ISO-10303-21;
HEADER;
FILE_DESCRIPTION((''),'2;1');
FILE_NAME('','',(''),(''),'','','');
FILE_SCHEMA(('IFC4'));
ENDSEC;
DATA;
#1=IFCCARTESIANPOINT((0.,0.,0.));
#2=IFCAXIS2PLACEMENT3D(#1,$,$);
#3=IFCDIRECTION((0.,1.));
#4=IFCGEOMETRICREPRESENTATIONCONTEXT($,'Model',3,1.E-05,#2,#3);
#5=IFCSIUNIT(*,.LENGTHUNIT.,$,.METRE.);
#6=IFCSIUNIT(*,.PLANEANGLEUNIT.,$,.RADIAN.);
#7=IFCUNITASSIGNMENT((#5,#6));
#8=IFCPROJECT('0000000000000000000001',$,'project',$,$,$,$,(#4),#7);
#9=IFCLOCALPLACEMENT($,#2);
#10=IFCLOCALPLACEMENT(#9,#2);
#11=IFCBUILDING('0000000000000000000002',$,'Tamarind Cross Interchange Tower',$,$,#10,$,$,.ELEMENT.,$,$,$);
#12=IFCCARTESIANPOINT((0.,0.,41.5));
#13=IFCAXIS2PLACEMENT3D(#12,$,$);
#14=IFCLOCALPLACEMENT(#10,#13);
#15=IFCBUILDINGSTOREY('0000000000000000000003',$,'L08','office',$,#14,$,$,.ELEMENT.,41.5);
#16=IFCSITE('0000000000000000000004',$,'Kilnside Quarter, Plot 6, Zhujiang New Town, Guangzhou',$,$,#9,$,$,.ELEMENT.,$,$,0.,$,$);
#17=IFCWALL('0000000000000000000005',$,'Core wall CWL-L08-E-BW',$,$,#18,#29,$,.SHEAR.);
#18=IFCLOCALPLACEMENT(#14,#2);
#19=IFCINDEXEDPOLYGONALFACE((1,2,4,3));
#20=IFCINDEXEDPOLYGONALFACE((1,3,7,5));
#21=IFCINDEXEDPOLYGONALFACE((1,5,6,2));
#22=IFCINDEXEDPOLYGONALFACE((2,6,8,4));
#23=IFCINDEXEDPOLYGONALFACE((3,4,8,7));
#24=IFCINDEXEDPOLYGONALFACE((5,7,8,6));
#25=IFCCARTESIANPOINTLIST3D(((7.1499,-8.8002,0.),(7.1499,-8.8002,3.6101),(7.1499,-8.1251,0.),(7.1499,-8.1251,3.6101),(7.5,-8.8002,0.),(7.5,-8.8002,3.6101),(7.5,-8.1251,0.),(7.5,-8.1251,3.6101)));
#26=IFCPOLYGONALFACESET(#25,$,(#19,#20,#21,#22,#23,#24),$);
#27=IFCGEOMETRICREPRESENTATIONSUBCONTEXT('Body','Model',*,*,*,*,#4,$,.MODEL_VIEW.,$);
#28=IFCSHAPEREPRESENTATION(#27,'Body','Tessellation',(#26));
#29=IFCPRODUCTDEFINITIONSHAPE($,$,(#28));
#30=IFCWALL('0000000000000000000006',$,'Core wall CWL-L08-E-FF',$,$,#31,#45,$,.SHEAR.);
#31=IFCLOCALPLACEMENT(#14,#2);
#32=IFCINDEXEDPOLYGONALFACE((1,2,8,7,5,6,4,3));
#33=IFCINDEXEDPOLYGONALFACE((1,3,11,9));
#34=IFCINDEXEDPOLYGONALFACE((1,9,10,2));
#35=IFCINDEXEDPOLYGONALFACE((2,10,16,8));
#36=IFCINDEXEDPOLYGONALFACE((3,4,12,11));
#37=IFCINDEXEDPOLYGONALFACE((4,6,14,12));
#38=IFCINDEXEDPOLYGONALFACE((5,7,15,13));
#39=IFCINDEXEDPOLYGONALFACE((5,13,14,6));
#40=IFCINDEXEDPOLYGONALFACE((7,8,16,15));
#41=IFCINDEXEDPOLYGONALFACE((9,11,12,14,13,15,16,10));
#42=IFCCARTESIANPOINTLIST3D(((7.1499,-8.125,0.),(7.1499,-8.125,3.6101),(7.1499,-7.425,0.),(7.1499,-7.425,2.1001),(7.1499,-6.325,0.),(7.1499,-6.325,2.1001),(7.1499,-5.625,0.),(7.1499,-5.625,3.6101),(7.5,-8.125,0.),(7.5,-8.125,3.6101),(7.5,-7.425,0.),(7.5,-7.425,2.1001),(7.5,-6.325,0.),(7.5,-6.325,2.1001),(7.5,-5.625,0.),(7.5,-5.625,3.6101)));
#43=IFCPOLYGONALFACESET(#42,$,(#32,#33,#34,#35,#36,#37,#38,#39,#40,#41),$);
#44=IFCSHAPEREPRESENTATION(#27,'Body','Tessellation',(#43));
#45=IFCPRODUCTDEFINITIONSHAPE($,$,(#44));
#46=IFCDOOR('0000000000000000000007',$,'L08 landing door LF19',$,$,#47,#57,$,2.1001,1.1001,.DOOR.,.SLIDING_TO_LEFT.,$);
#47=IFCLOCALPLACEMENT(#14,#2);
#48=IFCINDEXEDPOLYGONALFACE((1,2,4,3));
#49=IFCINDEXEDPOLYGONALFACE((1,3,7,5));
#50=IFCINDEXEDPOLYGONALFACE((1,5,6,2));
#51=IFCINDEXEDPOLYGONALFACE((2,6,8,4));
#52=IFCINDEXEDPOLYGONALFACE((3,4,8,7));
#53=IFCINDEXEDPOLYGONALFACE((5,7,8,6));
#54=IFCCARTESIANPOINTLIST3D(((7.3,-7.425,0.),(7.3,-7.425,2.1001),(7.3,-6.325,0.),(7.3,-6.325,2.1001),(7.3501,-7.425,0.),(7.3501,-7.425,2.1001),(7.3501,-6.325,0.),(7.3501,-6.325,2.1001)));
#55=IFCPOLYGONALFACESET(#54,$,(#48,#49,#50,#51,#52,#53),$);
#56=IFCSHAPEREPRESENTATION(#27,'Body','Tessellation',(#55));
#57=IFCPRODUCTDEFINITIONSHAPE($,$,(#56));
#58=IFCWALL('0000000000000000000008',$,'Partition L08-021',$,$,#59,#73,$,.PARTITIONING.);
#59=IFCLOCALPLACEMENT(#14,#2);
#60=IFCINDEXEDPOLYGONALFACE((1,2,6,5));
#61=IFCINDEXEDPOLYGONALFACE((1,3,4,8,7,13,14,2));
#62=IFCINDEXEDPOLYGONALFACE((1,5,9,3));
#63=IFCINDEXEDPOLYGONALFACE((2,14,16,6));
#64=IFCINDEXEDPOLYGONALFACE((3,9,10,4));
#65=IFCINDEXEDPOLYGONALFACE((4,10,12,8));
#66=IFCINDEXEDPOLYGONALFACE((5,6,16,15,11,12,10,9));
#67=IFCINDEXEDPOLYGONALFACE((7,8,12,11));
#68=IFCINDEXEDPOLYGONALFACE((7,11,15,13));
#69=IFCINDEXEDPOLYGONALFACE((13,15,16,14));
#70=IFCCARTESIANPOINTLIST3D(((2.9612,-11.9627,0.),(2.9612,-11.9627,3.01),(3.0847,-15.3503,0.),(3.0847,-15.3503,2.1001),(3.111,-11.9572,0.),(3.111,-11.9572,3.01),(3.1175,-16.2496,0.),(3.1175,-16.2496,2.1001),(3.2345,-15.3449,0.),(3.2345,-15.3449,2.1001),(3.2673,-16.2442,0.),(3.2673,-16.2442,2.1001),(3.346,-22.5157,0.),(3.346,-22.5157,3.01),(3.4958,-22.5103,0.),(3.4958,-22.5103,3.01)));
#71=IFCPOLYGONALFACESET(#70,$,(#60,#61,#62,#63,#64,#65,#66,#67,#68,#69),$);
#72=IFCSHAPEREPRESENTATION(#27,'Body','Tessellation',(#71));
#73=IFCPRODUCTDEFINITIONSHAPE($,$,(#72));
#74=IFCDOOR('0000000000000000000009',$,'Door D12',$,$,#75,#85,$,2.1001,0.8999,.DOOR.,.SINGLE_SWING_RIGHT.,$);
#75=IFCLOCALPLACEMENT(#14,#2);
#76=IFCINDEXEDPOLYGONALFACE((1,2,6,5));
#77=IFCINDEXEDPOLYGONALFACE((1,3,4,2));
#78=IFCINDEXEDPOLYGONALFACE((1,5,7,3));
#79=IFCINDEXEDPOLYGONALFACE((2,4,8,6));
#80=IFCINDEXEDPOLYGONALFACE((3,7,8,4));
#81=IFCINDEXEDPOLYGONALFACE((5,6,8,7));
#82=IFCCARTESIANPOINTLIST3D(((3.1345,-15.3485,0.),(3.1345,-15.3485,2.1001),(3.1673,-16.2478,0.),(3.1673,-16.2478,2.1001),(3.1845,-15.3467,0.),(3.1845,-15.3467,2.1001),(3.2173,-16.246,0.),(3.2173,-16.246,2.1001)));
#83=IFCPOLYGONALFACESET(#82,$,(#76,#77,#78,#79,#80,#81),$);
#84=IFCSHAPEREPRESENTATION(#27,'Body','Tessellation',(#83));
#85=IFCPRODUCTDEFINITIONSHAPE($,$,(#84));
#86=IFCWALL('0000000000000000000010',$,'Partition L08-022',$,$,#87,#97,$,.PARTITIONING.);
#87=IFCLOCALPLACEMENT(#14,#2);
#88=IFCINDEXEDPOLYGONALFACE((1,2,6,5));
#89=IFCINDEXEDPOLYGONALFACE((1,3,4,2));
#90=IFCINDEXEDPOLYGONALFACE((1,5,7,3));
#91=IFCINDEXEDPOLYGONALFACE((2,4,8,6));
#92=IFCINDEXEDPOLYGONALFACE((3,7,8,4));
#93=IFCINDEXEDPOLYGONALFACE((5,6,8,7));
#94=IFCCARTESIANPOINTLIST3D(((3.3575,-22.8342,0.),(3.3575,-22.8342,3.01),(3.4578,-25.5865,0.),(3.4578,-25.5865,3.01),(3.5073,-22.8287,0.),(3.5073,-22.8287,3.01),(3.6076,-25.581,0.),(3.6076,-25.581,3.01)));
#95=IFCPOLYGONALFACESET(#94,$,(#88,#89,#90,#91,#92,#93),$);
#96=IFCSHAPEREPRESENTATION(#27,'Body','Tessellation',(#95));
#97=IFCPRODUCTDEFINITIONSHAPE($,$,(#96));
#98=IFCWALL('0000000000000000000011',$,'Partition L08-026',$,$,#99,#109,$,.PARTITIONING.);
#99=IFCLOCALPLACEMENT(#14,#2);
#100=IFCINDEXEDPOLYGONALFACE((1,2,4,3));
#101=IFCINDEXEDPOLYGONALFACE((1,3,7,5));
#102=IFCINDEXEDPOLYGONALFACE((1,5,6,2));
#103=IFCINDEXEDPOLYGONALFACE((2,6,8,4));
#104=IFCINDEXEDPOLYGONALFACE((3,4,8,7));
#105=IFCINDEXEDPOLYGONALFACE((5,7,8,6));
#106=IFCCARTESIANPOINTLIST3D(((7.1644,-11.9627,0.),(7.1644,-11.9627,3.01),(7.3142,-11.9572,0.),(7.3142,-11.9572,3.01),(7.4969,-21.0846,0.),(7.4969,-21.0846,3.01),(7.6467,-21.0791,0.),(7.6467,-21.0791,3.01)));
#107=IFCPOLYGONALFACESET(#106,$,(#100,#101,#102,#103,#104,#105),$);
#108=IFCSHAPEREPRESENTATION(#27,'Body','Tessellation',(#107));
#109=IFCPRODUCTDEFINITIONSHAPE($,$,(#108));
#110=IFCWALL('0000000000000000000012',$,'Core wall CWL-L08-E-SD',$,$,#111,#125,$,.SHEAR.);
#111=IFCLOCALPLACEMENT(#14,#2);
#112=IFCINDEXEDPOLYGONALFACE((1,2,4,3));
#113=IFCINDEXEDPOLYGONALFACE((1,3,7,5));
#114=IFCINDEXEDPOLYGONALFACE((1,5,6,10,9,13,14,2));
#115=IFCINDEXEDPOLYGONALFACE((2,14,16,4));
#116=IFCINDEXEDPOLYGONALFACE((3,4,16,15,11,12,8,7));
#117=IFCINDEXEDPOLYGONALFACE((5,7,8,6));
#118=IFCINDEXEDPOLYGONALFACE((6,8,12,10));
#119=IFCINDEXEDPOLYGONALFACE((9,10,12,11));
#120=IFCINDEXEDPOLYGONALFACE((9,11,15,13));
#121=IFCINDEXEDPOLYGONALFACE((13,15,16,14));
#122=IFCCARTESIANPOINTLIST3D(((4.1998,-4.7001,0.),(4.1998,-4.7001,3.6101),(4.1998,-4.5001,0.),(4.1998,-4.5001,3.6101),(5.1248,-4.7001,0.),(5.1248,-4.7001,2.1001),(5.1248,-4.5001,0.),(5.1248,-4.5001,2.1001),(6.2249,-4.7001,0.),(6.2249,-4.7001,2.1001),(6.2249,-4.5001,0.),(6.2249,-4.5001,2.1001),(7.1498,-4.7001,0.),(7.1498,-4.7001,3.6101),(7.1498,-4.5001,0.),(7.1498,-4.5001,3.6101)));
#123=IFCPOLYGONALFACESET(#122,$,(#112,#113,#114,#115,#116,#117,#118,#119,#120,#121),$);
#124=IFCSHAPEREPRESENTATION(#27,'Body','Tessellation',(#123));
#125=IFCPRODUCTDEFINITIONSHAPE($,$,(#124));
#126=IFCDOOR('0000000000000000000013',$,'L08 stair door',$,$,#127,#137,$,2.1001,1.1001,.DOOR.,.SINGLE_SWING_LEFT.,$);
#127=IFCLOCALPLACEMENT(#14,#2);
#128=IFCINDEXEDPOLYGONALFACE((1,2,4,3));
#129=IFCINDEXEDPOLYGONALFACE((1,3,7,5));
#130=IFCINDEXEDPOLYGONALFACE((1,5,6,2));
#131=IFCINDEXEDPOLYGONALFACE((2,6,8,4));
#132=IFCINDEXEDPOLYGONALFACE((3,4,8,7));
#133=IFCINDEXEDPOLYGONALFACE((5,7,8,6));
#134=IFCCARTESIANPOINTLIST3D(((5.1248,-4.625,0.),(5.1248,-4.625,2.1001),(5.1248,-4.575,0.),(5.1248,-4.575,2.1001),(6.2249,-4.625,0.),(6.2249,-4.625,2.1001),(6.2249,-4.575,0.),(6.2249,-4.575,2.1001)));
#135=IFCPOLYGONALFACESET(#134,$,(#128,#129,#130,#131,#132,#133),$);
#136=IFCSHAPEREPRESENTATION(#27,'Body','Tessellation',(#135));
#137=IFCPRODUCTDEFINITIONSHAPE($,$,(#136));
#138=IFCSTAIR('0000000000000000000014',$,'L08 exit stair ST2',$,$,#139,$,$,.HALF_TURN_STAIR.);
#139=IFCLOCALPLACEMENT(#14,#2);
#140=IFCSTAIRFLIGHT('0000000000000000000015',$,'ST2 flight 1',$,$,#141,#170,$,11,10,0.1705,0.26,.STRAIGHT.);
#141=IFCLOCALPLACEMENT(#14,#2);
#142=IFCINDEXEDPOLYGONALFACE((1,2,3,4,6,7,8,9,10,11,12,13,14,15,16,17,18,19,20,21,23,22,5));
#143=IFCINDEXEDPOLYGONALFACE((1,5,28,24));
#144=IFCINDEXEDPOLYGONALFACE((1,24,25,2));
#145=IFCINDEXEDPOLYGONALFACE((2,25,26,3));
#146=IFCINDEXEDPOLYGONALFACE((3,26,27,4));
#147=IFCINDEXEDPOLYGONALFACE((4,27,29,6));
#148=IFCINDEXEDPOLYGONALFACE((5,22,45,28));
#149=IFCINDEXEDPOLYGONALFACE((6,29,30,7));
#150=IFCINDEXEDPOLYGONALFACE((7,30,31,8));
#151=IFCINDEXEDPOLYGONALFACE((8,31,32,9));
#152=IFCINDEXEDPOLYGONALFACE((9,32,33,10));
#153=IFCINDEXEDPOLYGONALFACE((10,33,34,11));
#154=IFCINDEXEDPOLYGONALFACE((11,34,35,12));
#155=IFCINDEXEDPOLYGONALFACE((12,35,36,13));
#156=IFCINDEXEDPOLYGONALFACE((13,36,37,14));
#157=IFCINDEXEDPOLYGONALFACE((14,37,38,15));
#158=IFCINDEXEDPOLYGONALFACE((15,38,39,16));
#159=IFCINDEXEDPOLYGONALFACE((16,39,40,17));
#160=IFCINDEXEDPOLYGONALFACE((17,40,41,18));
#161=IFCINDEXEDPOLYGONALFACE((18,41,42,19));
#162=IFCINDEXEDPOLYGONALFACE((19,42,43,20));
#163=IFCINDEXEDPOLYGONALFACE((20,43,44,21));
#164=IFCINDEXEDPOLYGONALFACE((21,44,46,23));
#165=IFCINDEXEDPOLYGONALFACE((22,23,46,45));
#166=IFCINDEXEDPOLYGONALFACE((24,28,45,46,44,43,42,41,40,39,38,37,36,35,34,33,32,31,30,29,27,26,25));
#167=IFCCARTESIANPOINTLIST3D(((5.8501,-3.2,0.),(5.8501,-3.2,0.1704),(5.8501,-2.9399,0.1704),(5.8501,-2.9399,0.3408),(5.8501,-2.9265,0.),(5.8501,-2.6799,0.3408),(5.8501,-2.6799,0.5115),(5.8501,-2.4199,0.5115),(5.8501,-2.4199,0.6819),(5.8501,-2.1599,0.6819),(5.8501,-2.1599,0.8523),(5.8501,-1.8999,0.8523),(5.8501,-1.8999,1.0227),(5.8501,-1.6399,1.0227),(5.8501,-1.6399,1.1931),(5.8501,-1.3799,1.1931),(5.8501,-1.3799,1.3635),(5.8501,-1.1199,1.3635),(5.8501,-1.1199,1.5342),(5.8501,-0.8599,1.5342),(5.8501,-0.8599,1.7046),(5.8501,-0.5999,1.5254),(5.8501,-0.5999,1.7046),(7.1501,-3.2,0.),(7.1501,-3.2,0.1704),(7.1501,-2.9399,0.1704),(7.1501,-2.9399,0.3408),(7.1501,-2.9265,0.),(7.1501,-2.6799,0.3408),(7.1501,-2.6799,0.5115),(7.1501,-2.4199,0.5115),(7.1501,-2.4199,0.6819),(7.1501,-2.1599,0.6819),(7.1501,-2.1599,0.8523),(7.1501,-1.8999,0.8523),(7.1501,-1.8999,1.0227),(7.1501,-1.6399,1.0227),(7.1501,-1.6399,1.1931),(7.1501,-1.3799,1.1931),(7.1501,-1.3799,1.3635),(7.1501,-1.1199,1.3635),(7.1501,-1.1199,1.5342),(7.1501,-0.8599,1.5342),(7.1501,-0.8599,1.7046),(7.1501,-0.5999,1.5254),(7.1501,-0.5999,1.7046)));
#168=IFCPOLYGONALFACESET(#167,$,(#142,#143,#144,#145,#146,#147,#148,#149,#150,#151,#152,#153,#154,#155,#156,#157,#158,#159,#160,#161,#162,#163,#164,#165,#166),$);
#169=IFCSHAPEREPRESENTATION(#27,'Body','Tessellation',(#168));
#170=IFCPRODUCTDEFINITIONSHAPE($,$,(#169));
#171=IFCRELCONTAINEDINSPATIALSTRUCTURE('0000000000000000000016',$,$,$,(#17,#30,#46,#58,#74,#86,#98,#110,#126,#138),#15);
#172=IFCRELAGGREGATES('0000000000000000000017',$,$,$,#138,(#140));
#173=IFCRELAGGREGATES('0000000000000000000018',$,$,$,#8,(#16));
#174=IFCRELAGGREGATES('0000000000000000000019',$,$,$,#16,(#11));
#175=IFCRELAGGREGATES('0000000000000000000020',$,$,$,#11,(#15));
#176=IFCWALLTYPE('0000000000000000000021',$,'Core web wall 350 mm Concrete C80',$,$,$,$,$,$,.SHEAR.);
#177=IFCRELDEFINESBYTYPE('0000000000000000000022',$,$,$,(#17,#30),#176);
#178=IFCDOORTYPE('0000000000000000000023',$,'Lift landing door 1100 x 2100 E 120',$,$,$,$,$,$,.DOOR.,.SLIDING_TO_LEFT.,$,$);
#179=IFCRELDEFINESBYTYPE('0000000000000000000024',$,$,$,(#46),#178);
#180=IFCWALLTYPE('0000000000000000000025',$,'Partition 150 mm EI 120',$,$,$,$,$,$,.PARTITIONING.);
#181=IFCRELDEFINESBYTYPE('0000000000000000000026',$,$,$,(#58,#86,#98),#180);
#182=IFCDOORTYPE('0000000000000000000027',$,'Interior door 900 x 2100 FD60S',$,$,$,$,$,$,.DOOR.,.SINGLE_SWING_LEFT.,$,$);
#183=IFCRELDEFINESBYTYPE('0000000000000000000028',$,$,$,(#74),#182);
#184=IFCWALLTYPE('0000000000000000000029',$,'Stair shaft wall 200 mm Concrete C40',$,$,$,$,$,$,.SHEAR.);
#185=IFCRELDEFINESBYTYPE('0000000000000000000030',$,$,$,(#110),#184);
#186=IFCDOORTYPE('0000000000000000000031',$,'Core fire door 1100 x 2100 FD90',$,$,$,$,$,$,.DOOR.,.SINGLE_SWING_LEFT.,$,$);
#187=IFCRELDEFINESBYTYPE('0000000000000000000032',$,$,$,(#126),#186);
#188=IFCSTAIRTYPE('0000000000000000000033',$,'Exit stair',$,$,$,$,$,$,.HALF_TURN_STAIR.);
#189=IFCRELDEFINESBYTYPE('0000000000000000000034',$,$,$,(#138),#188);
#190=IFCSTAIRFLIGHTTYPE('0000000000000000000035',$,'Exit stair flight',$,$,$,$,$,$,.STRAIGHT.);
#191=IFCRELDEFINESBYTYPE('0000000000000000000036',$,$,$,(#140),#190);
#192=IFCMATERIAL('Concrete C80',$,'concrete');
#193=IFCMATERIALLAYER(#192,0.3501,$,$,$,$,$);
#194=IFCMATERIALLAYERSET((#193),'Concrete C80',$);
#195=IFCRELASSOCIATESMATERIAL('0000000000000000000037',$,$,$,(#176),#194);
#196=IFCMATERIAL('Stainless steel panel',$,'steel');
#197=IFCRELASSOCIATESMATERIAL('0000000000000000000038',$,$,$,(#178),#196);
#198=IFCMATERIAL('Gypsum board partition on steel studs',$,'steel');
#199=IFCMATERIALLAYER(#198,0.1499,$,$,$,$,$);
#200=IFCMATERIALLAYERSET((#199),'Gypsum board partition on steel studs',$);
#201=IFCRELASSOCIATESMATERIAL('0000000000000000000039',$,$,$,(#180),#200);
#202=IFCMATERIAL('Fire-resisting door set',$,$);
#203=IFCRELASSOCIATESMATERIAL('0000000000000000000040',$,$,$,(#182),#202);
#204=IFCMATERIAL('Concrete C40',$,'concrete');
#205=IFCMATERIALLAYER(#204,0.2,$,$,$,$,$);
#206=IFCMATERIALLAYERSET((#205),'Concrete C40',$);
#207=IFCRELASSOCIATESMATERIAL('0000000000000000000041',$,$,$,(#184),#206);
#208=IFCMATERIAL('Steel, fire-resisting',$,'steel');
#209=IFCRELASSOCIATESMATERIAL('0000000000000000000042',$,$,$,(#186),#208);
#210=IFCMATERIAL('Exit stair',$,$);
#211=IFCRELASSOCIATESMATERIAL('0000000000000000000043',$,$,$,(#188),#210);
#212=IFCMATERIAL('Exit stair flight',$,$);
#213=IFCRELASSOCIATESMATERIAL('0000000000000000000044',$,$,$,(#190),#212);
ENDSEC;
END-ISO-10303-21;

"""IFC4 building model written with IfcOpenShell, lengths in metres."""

from ifc_helpers import new_model, si_unit, direction, frame, frame_2d, origin, place, context, subcontext, project, spatial, polyline, rectangle, outline, extrude, material, layer, layer_set, type_object, element, fill, aggregate, save


model = new_model("IFC4")

# Units and contexts
model_context = context("Model", 3, precision=1e-05, world=origin(), true_north=direction((0.0, 1.0)))
body_context = subcontext(model_context, "Body", "Model", "MODEL_VIEW")
ifc_project = project(units=[si_unit("LENGTHUNIT", "METRE"), si_unit("PLANEANGLEUNIT", "RADIAN")], contexts=[model_context])

# Site, building, storey
site_placement = place(None, origin())
site = spatial("IfcSite", under=ifc_project, at=site_placement, Name="Kilnside Quarter, Plot 6, Zhujiang New Town, Guangzhou", CompositionType="ELEMENT", RefElevation=0.0)
building_placement = place(site_placement, origin())
building = spatial("IfcBuilding", under=site, at=building_placement, Name="Tamarind Cross Interchange Tower", CompositionType="ELEMENT")
storey_placement = place(building_placement, frame((0.0, 0.0, 41.5)))
storey = spatial("IfcBuildingStorey", under=building, at=storey_placement, Name="L08", Description="office", CompositionType="ELEMENT", Elevation=41.5)

# Shared definitions
ifc_material_1 = material(Name="Concrete C80", Category="concrete")
ifc_material_2 = material(Name="Steel, fire-resisting", Category="steel")

# Wall
ifc_layer_1 = layer(ifc_material_1, 0.3501)
ifc_layer_set_1 = layer_set([ifc_layer_1], Name="Concrete C80")
wall_type_1 = type_object("IfcWallType", Name="Core web wall 350 mm Concrete C80", PredefinedType="SHEAR", material=ifc_layer_set_1)
wall_1_placement = place(storey_placement, frame((7.325, -8.8, 0.0), z_axis=(0.0, 0.0, 1.0), x_axis=(0.0, 1.0, 0.0)))
element("IfcWall", 1, at=wall_1_placement, inside=storey, type_object=wall_type_1, Name="Core wall CWL-L08-E-BW", PredefinedType="SHEAR", context=body_context, shape_type="SweptSolid", body=[
    extrude(rectangle(XDim=0.675, YDim=0.3501, at=frame_2d((0.3374, 0.0))), origin(), (0.0, 0.0, 1.0), 3.6101),
])

# Walls, openings, doors
wall_2_placement = place(storey_placement, frame((7.325, -8.125, 0.0), z_axis=(0.0, 0.0, 1.0), x_axis=(0.0, 1.0, 0.0)))
wall_2 = element("IfcWall", 2, at=wall_2_placement, inside=storey, type_object=wall_type_1, Name="Core wall CWL-L08-E-FF", PredefinedType="SHEAR", context=body_context, shape_type="SweptSolid", body=[
    extrude(rectangle(XDim=2.5, YDim=0.3501, at=frame_2d((1.25, 0.0))), origin(), (0.0, 0.0, 1.0), 3.6101),
])
opening_1_placement = place(wall_2_placement, frame((0.7, 0.0, 0.0)))
opening_1 = element("IfcOpeningElement", 3, at=opening_1_placement, cuts=wall_2, PredefinedType="OPENING", context=body_context, shape_type="SweptSolid", body=[
    extrude(rectangle(XDim=1.1001, YDim=2.1001, at=frame_2d((0.55, 1.05))), frame((0.0, 0.1851, 0.0), z_axis=(0.0, -1.0, 0.0), x_axis=(1.0, 0.0, 0.0)), (0.0, 0.0, 1.0), 0.3701),
])
ifc_material_3 = material(Name="Stainless steel panel", Category="steel")
door_type_1 = type_object("IfcDoorType", Name="Lift landing door 1100 x 2100 E 120", OperationType="SLIDING_TO_LEFT", PredefinedType="DOOR", material=ifc_material_3)
door_1_placement = place(opening_1_placement, origin())
door_1 = element("IfcDoor", 4, at=door_1_placement, inside=storey, type_object=door_type_1, Name="L08 landing door LF19", OperationType="SLIDING_TO_LEFT", OverallHeight=2.1001, OverallWidth=1.1001, PredefinedType="DOOR", context=body_context, shape_type="SweptSolid", body=[
    extrude(rectangle(XDim=1.1001, YDim=2.1001, at=frame_2d((0.55, 1.05))), frame((0.0, 0.0249, 0.0), z_axis=(0.0, -1.0, 0.0), x_axis=(1.0, 0.0, 0.0)), (0.0, 0.0, 1.0), 0.05),
])
fill(opening_1, door_1)
ifc_material_4 = material(Name="Gypsum board partition on steel studs", Category="steel")
ifc_layer_2 = layer(ifc_material_4, 0.1499)
ifc_layer_set_2 = layer_set([ifc_layer_2], Name="Gypsum board partition on steel studs")
wall_type_2 = type_object("IfcWallType", Name="Partition 150 mm EI 120", PredefinedType="PARTITIONING", material=ifc_layer_set_2)
wall_3_placement = place(storey_placement, frame((3.0361, -11.96, 0.0), z_axis=(0.0, 0.0, 1.0), x_axis=(0.036436, -0.999336, 0.0)))
wall_3 = element("IfcWall", 5, at=wall_3_placement, inside=storey, type_object=wall_type_2, Name="Partition L08-021", PredefinedType="PARTITIONING", context=body_context, shape_type="SweptSolid", body=[
    extrude(rectangle(XDim=10.5601, YDim=0.1499, at=frame_2d((5.28, 0.0))), origin(), (0.0, 0.0, 1.0), 3.01),
])
opening_2_placement = place(wall_3_placement, frame((3.3899, 0.0, 0.0)))
opening_2 = element("IfcOpeningElement", 6, at=opening_2_placement, cuts=wall_3, PredefinedType="OPENING", context=body_context, shape_type="SweptSolid", body=[
    extrude(rectangle(XDim=0.8999, YDim=2.1001, at=frame_2d((0.45, 1.05))), frame((0.0, 0.085, 0.0), z_axis=(0.0, -1.0, 0.0), x_axis=(1.0, 0.0, 0.0)), (0.0, 0.0, 1.0), 0.1699),
])
ifc_material_5 = material(Name="Fire-resisting door set")
door_type_2 = type_object("IfcDoorType", Name="Interior door 900 x 2100 FD60S", OperationType="SINGLE_SWING_LEFT", PredefinedType="DOOR", material=ifc_material_5)
door_2_placement = place(opening_2_placement, origin())
door_2 = element("IfcDoor", 7, at=door_2_placement, inside=storey, type_object=door_type_2, Name="Door D12", OperationType="SINGLE_SWING_RIGHT", OverallHeight=2.1001, OverallWidth=0.8999, PredefinedType="DOOR", context=body_context, shape_type="SweptSolid", body=[
    extrude(rectangle(XDim=0.8999, YDim=2.1001, at=frame_2d((0.45, 1.05))), frame((0.0, 0.0249, 0.0), z_axis=(0.0, -1.0, 0.0), x_axis=(1.0, 0.0, 0.0)), (0.0, 0.0, 1.0), 0.05),
])
fill(opening_2, door_2)

# Walls
wall_4_placement = place(storey_placement, frame((3.4324, -22.8315, 0.0), z_axis=(0.0, 0.0, 1.0), x_axis=(0.036431, -0.999336, 0.0)))
element("IfcWall", 8, at=wall_4_placement, inside=storey, type_object=wall_type_2, Name="Partition L08-022", PredefinedType="PARTITIONING", context=body_context, shape_type="SweptSolid", body=[
    extrude(rectangle(XDim=2.7542, YDim=0.1499, at=frame_2d((1.377, 0.0))), origin(), (0.0, 0.0, 1.0), 3.01),
])
wall_5_placement = place(storey_placement, frame((7.2393, -11.96, 0.0), z_axis=(0.0, 0.0, 1.0), x_axis=(0.036429, -0.999336, 0.0)))
element("IfcWall", 9, at=wall_5_placement, inside=storey, type_object=wall_type_2, Name="Partition L08-026", PredefinedType="PARTITIONING", context=body_context, shape_type="SweptSolid", body=[
    extrude(rectangle(XDim=9.1279, YDim=0.1499, at=frame_2d((4.564, 0.0))), origin(), (0.0, 0.0, 1.0), 3.01),
])

# Wall, opening, door
ifc_material_6 = material(Name="Concrete C40", Category="concrete")
ifc_layer_3 = layer(ifc_material_6, 0.2)
ifc_layer_set_3 = layer_set([ifc_layer_3], Name="Concrete C40")
wall_type_3 = type_object("IfcWallType", Name="Stair shaft wall 200 mm Concrete C40", PredefinedType="SHEAR", material=ifc_layer_set_3)
wall_6_placement = place(storey_placement, frame((7.1499, -4.6001, 0.0), z_axis=(0.0, 0.0, 1.0), x_axis=(-1.0, 0.0, 0.0)))
wall_6 = element("IfcWall", 10, at=wall_6_placement, inside=storey, type_object=wall_type_3, Name="Core wall CWL-L08-E-SD", PredefinedType="SHEAR", context=body_context, shape_type="SweptSolid", body=[
    extrude(rectangle(XDim=2.95, YDim=0.2, at=frame_2d((1.4751, 0.0))), origin(), (0.0, 0.0, 1.0), 3.6101),
])
opening_3_placement = place(wall_6_placement, frame((0.925, 0.0, 0.0)))
opening_3 = element("IfcOpeningElement", 11, at=opening_3_placement, cuts=wall_6, PredefinedType="OPENING", context=body_context, shape_type="SweptSolid", body=[
    extrude(rectangle(XDim=1.1001, YDim=2.1001, at=frame_2d((0.55, 1.05))), frame((0.0, 0.1099, 0.0), z_axis=(0.0, -1.0, 0.0), x_axis=(1.0, 0.0, 0.0)), (0.0, 0.0, 1.0), 0.22),
])
door_type_3 = type_object("IfcDoorType", Name="Core fire door 1100 x 2100 FD90", OperationType="SINGLE_SWING_LEFT", PredefinedType="DOOR", material=ifc_material_2)
door_3_placement = place(opening_3_placement, origin())
door_3 = element("IfcDoor", 12, at=door_3_placement, inside=storey, type_object=door_type_3, Name="L08 stair door", OperationType="SINGLE_SWING_LEFT", OverallHeight=2.1001, OverallWidth=1.1001, PredefinedType="DOOR", context=body_context, shape_type="SweptSolid", body=[
    extrude(rectangle(XDim=1.1001, YDim=2.1001, at=frame_2d((0.55, 1.05))), frame((0.0, 0.0249, 0.0), z_axis=(0.0, -1.0, 0.0), x_axis=(1.0, 0.0, 0.0)), (0.0, 0.0, 1.0), 0.05),
])
fill(opening_3, door_3)

# Stair, stair flight
ifc_material_7 = material(Name="Exit stair")
stair_type = type_object("IfcStairType", Name="Exit stair", PredefinedType="HALF_TURN_STAIR", material=ifc_material_7)
stair_placement = place(storey_placement, origin())
stair = element("IfcStair", 13, at=stair_placement, inside=storey, type_object=stair_type, Name="L08 exit stair ST2", PredefinedType="HALF_TURN_STAIR")
ifc_material_8 = material(Name="Exit stair flight")
stair_flight_type = type_object("IfcStairFlightType", Name="Exit stair flight", PredefinedType="STRAIGHT", material=ifc_material_8)
stair_flight_1_placement = place(storey_placement, frame((6.5, -3.2, 0.0), z_axis=(0.0, 0.0, 1.0), x_axis=(0.0, 1.0, 0.0)))
stair_flight_1 = element("IfcStairFlight", 14, at=stair_flight_1_placement, type_object=stair_flight_type, Name="ST2 flight 1", NumberOfRisers=11, NumberOfTreads=10, PredefinedType="STRAIGHT", RiserHeight=0.1705, TreadLength=0.26, context=body_context, shape_type="SweptSolid", body=[
    extrude(outline(polyline([(0.0, 0.0), (0.0, 0.1704), (0.26, 0.1704), (0.26, 0.3408), (0.52, 0.3408), (0.52, 0.5115), (0.78, 0.5115), (0.78, 0.6819), (1.04, 0.6819), (1.04, 0.8523), (1.3, 0.8523), (1.3, 1.0227), (1.5601, 1.0227), (1.5601, 1.1931), (1.8201, 1.1931), (1.8201, 1.3635), (2.0801, 1.3635), (2.0801, 1.5342), (2.3401, 1.5342), (2.3401, 1.7046), (2.6001, 1.7046), (2.6001, 1.875), (2.6001, 1.5254), (0.2734, 0.0), (0.0, 0.0)])), frame((0.0, 0.6499, 0.0), z_axis=(0.0, -1.0, 0.0), x_axis=(1.0, 0.0, 0.0)), (0.0, 0.0, 1.0), 1.3),
])
aggregate(stair, [stair_flight_1])

save(model, "model.ifc")
